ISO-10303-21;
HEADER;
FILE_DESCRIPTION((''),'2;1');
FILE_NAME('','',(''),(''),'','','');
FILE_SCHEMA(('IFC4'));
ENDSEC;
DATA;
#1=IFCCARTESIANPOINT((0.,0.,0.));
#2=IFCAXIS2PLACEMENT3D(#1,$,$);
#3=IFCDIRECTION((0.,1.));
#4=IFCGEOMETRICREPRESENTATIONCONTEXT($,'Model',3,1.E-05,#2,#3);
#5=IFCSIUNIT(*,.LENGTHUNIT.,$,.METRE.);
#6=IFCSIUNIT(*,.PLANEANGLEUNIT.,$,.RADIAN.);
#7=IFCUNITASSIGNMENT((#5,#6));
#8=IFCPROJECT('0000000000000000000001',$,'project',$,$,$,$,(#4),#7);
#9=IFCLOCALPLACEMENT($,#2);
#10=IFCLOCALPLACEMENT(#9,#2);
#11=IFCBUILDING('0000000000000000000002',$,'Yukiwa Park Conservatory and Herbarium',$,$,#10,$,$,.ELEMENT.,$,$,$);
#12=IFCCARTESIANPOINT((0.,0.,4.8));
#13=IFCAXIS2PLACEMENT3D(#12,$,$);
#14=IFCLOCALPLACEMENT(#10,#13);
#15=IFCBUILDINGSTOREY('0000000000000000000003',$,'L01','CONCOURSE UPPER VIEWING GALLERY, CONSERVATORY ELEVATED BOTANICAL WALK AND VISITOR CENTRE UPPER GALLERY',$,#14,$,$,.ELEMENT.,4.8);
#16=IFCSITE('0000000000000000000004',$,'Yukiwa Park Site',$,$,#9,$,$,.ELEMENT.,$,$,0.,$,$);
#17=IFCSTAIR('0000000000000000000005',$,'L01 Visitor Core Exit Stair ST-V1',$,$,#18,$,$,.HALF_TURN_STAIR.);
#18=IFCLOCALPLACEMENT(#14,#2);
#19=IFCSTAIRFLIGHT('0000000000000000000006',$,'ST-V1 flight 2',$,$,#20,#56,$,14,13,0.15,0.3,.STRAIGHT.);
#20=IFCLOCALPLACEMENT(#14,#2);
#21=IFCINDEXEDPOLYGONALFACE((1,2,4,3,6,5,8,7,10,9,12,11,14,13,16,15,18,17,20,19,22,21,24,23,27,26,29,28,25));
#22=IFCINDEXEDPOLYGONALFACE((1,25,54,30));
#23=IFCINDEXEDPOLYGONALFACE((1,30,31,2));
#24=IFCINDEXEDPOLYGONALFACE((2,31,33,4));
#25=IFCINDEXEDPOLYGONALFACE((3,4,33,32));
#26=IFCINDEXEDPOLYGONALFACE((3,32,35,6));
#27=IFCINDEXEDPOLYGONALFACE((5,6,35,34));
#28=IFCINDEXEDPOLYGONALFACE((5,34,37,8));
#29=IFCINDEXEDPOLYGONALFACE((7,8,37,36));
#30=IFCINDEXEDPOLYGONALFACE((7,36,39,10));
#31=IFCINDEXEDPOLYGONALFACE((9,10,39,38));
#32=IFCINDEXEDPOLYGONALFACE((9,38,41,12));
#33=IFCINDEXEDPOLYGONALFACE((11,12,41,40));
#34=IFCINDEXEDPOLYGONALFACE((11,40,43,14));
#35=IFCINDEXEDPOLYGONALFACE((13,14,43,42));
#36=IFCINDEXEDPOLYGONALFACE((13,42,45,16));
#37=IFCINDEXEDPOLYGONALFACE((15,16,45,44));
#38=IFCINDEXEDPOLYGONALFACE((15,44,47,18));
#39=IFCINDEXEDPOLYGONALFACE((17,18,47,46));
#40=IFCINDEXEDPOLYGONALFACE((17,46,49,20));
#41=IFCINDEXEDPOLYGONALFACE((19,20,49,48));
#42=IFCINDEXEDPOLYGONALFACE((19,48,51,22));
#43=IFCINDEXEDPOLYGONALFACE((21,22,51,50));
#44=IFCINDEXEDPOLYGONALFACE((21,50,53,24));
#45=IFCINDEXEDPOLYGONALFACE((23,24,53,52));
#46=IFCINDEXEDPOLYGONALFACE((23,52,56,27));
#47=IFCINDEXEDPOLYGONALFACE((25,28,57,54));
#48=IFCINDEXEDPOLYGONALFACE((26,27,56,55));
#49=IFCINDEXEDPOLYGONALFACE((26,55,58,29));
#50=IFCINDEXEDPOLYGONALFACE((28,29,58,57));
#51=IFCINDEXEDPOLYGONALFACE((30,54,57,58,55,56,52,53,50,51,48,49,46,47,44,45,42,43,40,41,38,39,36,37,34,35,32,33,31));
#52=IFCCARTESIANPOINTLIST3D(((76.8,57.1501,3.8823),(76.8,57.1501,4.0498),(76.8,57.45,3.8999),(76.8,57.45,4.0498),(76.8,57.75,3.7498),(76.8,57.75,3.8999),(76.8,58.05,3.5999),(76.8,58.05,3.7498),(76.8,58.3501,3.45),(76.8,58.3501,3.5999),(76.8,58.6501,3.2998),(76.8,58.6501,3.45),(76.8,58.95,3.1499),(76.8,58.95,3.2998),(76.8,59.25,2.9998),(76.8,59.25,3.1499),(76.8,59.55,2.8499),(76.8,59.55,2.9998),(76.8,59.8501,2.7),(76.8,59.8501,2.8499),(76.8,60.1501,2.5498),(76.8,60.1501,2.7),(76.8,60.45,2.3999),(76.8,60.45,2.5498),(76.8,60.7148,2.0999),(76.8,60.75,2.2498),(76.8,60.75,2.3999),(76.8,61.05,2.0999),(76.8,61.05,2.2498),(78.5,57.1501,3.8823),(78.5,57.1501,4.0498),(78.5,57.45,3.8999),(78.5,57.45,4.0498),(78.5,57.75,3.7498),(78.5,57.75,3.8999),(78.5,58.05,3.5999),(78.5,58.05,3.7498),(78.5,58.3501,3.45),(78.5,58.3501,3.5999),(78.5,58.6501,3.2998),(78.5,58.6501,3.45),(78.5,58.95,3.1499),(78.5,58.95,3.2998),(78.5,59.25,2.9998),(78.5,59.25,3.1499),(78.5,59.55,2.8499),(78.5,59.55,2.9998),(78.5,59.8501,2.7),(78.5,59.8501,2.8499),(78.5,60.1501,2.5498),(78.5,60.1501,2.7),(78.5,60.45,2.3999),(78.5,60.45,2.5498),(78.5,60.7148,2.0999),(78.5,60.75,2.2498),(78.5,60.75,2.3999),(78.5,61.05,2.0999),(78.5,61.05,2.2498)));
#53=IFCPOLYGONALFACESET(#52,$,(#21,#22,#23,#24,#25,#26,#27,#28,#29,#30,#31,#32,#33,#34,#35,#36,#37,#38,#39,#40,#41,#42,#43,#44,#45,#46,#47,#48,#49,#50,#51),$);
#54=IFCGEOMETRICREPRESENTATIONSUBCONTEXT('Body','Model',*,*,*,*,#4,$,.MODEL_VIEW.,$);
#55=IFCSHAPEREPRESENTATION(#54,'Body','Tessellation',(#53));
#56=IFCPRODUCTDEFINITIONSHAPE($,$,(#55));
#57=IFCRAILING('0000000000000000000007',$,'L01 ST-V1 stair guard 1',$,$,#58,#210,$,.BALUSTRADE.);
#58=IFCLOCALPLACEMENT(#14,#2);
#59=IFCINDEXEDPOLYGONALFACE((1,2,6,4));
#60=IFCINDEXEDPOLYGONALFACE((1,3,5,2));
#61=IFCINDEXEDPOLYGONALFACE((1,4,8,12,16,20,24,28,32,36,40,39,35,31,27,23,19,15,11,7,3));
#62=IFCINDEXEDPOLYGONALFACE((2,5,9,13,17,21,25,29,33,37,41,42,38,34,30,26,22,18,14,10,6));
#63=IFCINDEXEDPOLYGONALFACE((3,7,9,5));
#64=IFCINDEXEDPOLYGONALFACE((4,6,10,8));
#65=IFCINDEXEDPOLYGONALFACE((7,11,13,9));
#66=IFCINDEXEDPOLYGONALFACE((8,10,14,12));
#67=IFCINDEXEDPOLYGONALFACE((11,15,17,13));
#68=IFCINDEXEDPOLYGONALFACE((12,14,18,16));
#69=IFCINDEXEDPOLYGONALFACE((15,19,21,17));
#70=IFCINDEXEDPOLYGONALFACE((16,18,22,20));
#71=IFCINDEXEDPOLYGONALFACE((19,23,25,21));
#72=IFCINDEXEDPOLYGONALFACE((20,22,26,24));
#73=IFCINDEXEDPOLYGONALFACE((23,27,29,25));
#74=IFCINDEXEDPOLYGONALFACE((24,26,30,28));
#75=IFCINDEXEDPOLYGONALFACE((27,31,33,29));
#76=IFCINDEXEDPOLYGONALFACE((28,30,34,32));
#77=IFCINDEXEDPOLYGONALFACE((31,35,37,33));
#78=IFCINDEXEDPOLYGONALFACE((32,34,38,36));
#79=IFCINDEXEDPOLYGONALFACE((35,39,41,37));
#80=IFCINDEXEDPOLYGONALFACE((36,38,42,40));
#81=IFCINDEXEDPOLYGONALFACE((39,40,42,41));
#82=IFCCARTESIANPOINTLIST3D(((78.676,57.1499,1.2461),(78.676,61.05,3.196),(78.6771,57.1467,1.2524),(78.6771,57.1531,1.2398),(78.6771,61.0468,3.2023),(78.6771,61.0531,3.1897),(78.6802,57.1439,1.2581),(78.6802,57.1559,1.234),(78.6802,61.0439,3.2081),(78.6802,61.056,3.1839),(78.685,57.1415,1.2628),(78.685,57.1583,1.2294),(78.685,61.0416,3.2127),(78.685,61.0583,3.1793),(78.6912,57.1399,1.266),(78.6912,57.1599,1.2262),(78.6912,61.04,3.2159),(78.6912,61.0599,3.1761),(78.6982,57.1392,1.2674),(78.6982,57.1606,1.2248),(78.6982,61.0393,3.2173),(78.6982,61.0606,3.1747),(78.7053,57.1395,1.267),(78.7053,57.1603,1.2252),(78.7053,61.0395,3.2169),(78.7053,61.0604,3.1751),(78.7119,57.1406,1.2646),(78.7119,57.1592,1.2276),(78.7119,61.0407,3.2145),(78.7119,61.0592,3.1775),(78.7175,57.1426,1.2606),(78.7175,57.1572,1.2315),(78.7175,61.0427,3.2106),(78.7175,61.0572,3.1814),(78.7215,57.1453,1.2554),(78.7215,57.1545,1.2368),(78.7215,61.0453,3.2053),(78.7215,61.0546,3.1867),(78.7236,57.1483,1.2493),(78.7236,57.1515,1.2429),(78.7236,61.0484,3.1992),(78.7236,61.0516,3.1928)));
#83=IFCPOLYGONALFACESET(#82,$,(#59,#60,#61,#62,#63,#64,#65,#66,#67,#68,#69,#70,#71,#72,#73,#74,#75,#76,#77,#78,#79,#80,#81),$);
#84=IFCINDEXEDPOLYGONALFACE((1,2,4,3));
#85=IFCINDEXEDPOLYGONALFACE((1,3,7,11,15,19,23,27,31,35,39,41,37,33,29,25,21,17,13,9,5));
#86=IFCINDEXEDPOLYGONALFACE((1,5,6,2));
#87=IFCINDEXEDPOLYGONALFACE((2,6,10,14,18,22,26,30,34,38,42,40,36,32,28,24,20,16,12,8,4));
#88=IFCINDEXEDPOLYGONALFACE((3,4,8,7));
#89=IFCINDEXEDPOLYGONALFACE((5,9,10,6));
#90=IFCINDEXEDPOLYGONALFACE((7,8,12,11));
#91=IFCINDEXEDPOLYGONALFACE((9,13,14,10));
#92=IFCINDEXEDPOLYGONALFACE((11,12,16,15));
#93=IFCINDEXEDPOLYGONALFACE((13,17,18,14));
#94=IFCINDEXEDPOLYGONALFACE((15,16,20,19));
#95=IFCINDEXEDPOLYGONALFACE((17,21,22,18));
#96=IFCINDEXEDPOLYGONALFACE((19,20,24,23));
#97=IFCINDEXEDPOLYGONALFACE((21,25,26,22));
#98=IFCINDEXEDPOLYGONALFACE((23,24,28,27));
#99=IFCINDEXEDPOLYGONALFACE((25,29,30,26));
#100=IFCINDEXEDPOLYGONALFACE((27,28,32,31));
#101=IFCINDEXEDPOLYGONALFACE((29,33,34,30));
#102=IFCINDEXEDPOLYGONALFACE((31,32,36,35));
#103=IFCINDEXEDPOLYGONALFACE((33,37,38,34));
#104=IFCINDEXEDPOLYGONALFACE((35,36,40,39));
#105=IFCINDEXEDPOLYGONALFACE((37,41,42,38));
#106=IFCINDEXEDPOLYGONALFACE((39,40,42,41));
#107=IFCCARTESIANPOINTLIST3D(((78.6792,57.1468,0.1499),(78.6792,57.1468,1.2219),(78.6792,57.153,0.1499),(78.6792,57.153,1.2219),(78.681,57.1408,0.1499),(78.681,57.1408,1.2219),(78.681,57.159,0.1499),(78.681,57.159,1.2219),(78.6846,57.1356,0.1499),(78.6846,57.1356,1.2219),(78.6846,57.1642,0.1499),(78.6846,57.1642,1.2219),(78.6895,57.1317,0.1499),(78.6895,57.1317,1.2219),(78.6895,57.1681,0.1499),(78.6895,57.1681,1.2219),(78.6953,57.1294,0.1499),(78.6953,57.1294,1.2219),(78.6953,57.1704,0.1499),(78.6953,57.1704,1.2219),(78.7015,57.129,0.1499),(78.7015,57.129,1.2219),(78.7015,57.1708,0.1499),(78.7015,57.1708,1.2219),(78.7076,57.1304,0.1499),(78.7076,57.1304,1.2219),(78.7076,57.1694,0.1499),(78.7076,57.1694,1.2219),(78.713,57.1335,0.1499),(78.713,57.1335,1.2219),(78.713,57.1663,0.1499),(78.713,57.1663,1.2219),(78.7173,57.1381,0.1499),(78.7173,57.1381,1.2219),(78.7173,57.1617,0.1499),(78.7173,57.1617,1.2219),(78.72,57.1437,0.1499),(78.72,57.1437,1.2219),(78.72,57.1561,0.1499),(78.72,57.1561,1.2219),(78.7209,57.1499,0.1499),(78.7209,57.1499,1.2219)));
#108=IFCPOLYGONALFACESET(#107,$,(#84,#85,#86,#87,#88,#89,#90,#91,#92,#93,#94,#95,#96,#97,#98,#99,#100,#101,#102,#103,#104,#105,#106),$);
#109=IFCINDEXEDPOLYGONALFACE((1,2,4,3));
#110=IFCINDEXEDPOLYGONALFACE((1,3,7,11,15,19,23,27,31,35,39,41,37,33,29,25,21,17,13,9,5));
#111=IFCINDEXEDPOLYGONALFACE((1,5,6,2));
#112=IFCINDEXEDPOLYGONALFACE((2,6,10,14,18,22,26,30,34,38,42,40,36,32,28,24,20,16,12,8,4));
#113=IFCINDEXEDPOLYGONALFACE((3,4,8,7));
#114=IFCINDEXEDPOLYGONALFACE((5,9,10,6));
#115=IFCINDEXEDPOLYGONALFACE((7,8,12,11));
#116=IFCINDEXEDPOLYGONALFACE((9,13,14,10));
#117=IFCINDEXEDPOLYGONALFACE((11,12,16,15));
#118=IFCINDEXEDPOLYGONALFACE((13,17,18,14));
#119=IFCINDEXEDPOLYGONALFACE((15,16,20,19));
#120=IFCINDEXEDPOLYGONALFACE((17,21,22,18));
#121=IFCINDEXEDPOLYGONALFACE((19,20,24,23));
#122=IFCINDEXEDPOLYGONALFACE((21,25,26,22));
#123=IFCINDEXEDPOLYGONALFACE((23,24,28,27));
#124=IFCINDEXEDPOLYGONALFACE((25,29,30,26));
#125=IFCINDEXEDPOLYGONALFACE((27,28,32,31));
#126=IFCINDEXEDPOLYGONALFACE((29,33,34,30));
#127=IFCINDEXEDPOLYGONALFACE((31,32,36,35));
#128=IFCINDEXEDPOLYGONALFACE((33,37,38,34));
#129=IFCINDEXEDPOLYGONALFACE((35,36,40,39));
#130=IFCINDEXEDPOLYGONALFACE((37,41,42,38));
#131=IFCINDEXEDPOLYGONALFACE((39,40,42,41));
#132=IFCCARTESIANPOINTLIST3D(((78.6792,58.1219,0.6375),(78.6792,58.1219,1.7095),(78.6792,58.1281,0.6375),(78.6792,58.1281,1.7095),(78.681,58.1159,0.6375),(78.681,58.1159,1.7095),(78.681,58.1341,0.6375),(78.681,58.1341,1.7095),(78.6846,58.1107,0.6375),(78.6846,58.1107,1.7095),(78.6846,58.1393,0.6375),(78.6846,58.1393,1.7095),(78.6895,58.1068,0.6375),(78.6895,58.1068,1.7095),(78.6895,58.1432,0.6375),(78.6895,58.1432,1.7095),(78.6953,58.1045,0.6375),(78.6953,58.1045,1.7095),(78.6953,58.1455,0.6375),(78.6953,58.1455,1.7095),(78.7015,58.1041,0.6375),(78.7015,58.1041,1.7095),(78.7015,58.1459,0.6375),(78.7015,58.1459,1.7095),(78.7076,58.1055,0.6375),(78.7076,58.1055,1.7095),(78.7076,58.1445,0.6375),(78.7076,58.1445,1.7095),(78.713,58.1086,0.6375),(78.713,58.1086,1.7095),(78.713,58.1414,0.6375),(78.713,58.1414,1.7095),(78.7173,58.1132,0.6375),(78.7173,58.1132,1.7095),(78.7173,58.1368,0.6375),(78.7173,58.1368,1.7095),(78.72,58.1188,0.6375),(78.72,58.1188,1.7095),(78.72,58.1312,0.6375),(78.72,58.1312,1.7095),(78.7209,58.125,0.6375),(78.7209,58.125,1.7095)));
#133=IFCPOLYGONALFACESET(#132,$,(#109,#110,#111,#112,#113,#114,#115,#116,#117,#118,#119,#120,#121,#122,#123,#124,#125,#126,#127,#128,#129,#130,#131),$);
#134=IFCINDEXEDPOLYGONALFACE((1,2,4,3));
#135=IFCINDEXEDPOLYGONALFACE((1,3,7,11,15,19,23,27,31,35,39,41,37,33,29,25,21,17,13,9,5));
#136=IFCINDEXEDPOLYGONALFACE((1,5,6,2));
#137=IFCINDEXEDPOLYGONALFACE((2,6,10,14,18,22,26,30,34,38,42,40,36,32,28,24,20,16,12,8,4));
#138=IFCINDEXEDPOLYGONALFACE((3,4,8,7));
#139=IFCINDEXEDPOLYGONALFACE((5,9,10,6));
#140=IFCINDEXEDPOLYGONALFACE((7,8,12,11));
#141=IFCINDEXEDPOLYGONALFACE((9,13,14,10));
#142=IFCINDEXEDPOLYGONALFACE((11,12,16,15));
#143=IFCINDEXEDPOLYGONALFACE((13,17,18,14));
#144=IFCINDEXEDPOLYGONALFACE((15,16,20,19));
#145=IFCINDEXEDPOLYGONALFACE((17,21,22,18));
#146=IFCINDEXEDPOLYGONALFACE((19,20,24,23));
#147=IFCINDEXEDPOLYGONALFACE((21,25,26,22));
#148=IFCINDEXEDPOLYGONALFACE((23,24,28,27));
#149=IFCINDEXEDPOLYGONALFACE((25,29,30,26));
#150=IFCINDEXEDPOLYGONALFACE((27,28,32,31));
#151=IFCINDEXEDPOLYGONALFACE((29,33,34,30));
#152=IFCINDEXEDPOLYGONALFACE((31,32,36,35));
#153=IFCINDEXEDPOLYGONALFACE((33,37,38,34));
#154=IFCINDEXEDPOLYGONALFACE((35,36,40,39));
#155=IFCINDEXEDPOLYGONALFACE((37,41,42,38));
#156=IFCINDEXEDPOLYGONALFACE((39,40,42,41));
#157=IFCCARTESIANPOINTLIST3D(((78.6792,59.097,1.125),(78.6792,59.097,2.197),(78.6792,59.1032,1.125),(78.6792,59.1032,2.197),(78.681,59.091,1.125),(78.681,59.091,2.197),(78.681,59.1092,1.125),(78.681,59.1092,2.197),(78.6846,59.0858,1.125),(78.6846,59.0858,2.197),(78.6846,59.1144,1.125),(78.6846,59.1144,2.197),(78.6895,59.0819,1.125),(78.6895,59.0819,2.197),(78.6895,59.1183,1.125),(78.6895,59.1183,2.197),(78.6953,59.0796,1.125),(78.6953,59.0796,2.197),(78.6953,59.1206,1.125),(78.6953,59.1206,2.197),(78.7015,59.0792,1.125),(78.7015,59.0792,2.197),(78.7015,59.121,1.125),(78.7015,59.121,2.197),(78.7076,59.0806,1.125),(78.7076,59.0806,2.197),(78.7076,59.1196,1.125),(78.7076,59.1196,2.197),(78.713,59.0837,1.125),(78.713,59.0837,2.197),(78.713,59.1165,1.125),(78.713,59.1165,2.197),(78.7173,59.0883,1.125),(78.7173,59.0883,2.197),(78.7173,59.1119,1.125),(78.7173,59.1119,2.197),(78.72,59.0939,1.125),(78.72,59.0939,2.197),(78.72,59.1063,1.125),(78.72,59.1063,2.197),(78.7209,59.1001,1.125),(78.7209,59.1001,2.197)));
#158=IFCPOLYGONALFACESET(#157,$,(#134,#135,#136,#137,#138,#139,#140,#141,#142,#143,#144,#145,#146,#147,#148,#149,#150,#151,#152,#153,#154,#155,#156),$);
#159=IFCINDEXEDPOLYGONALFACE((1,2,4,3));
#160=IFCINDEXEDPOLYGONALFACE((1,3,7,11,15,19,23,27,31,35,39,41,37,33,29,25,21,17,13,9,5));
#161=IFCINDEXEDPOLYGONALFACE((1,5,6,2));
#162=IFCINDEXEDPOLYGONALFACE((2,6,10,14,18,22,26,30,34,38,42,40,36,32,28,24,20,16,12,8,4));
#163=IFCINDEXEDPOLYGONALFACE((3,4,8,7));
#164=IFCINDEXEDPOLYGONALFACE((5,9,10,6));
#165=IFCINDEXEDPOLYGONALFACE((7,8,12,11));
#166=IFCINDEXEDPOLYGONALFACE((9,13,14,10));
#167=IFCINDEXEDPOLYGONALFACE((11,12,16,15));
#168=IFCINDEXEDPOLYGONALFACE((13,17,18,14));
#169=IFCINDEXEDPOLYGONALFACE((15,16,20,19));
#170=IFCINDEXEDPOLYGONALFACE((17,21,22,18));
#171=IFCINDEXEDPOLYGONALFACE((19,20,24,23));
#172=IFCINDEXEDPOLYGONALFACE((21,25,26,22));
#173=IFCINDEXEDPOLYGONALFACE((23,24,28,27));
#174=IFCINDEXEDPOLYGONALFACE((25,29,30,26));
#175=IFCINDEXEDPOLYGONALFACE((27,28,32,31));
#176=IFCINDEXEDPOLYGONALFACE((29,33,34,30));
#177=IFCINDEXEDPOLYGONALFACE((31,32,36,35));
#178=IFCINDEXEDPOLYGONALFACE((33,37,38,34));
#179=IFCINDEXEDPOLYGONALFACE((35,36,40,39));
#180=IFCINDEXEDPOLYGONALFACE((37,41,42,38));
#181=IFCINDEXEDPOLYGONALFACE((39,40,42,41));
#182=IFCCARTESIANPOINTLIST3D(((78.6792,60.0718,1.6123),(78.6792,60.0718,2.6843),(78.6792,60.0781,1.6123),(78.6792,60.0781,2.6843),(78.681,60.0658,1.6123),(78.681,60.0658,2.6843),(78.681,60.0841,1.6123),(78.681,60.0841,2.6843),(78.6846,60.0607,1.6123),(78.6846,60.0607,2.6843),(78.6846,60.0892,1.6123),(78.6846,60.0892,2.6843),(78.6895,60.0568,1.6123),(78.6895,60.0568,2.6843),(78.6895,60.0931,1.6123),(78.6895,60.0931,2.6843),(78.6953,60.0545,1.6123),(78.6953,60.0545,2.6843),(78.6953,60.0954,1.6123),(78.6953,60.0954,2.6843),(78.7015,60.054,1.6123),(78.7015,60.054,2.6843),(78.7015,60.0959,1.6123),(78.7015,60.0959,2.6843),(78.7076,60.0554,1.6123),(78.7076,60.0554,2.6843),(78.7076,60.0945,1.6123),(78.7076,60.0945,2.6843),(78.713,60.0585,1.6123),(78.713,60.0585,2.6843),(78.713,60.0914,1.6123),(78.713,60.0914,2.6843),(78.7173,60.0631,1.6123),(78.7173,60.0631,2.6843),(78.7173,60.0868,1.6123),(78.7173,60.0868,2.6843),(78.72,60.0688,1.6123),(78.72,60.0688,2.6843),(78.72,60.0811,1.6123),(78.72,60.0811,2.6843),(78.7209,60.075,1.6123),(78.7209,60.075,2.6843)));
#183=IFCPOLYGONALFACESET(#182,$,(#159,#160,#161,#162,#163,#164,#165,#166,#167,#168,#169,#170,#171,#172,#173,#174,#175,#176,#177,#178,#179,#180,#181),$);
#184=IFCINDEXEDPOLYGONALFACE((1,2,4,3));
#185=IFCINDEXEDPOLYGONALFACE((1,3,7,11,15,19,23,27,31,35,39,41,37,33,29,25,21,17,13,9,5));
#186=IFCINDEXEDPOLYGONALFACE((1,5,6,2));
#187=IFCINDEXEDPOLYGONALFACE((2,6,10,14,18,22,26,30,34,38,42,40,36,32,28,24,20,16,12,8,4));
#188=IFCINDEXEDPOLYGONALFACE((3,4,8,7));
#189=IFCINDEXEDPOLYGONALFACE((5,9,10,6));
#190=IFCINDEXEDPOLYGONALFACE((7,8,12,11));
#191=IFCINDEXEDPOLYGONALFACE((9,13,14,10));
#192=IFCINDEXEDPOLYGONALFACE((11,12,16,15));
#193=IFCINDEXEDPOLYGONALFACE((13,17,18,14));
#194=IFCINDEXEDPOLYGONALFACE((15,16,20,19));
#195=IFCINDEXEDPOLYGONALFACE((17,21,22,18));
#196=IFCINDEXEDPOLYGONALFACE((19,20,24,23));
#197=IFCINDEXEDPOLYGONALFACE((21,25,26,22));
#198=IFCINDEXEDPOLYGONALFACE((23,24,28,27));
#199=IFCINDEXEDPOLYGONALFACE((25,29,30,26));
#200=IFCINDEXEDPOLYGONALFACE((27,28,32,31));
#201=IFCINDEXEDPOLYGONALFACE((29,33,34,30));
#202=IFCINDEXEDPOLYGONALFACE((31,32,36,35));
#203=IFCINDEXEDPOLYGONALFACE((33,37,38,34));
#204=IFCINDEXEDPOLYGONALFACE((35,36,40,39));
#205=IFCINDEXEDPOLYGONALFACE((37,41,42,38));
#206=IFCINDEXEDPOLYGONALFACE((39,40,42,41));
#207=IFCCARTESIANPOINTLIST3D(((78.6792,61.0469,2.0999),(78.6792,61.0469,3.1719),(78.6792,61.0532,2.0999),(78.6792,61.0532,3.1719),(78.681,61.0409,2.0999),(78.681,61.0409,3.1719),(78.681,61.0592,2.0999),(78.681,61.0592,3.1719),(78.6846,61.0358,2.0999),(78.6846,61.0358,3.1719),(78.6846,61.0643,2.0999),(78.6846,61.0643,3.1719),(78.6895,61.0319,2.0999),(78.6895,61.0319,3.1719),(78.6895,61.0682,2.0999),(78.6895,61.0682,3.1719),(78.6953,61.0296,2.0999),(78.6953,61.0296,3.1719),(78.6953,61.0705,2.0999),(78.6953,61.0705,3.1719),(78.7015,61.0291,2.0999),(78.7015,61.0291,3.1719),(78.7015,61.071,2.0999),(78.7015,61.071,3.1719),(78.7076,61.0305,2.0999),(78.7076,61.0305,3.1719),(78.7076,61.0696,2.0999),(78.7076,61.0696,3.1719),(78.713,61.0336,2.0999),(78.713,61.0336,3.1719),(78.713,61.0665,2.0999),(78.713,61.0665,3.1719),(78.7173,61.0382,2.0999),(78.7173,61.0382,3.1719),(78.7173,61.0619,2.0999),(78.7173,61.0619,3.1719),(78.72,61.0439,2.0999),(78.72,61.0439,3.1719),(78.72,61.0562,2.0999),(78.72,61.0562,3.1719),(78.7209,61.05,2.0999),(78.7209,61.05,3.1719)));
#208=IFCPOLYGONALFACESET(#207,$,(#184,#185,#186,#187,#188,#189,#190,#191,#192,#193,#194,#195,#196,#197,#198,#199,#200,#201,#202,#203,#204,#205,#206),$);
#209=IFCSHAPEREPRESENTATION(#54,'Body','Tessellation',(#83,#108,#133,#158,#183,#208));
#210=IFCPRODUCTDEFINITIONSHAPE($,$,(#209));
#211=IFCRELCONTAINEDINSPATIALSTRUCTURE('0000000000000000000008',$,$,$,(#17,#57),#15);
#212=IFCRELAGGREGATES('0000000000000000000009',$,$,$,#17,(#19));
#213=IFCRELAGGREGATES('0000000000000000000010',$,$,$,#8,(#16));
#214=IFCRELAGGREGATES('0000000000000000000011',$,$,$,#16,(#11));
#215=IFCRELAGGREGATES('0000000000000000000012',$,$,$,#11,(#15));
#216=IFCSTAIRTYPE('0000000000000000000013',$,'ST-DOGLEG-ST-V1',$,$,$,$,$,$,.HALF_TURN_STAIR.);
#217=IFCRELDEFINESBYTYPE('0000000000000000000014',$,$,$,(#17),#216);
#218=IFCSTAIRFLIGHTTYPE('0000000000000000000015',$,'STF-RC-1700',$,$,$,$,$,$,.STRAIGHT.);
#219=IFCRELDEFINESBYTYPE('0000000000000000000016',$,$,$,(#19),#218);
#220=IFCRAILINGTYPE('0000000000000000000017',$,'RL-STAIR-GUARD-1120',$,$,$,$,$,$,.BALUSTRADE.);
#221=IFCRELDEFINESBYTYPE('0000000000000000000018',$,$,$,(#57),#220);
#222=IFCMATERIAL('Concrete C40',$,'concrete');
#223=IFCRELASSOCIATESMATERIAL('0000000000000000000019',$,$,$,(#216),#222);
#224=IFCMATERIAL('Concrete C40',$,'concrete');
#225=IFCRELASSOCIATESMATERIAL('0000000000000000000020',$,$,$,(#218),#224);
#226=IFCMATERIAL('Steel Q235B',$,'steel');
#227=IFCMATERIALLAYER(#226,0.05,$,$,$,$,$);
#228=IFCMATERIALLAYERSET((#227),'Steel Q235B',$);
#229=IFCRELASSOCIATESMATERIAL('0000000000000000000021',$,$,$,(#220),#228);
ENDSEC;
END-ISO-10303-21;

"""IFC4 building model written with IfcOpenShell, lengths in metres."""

from ifc_helpers import new_model, si_unit, direction, frame, origin, origin_2d, place, context, subcontext, project, spatial, polyline, circle, outline, extrude, material, layer, layer_set, type_object, element, aggregate, save


model = new_model("IFC4")

# Units and contexts
model_context = context("Model", 3, precision=1e-05, world=origin(), true_north=direction((0.0, 1.0)))
body_context = subcontext(model_context, "Body", "Model", "MODEL_VIEW")
ifc_project = project(units=[si_unit("LENGTHUNIT", "METRE"), si_unit("PLANEANGLEUNIT", "RADIAN")], contexts=[model_context])

# Site, building, storey
site_placement = place(None, origin())
site = spatial("IfcSite", under=ifc_project, at=site_placement, Name="Yukiwa Park Site", CompositionType="ELEMENT", RefElevation=0.0)
building_placement = place(site_placement, origin())
building = spatial("IfcBuilding", under=site, at=building_placement, Name="Yukiwa Park Conservatory and Herbarium", CompositionType="ELEMENT")
storey_placement = place(building_placement, frame((0.0, 0.0, 4.8)))
storey = spatial("IfcBuildingStorey", under=building, at=storey_placement, Name="L01", Description="CONCOURSE UPPER VIEWING GALLERY, CONSERVATORY ELEVATED BOTANICAL WALK AND VISITOR CENTRE UPPER GALLERY", CompositionType="ELEMENT", Elevation=4.8)

# Stair, stair flight
ifc_material_1 = material(Name="Concrete C40", Category="concrete")
stair_type = type_object("IfcStairType", Name="ST-DOGLEG-ST-V1", PredefinedType="HALF_TURN_STAIR", material=ifc_material_1)
stair_placement = place(storey_placement, origin())
stair = element("IfcStair", 1, at=stair_placement, inside=storey, type_object=stair_type, Name="L01 Visitor Core Exit Stair ST-V1", PredefinedType="HALF_TURN_STAIR")
ifc_material_2 = material(Name="Concrete C40", Category="concrete")
stair_flight_type = type_object("IfcStairFlightType", Name="STF-RC-1700", PredefinedType="STRAIGHT", material=ifc_material_2)
stair_flight_1_placement = place(storey_placement, frame((77.6499, 61.05, 2.0999), z_axis=(0.0, 0.0, 1.0), x_axis=(0.0, -1.0, 0.0)))
stair_flight_1 = element("IfcStairFlight", 2, at=stair_flight_1_placement, type_object=stair_flight_type, Name="ST-V1 flight 2", NumberOfRisers=14, NumberOfTreads=13, PredefinedType="STRAIGHT", RiserHeight=0.15, TreadLength=0.3, context=body_context, shape_type="SweptSolid", body=[
    extrude(outline(polyline([(0.0, 0.0), (0.0, 0.1499), (0.3, 0.1499), (0.3, 0.3), (0.6001, 0.3), (0.6001, 0.45), (0.8999, 0.45), (0.8999, 0.6001), (1.2, 0.6001), (1.2, 0.75), (1.5, 0.75), (1.5, 0.8999), (1.8, 0.8999), (1.8, 1.05), (2.1001, 1.05), (2.1001, 1.2), (2.3999, 1.2), (2.3999, 1.3501), (2.7, 1.3501), (2.7, 1.5), (3.0, 1.5), (3.0, 1.6499), (3.3, 1.6499), (3.3, 1.8), (3.6001, 1.8), (3.6001, 1.95), (3.8999, 1.95), (3.8999, 2.1001), (3.8999, 1.7825), (0.3352, 0.0), (0.0, 0.0)])), frame((0.0, 0.8501, 0.0), z_axis=(0.0, -1.0, 0.0), x_axis=(1.0, 0.0, 0.0)), (0.0, 0.0, 1.0), 1.7),
])
aggregate(stair, [stair_flight_1])

# Railing
ifc_material_3 = material(Name="Steel Q235B", Category="steel")
ifc_layer_1 = layer(ifc_material_3, 0.05)
ifc_layer_set_1 = layer_set([ifc_layer_1], Name="Steel Q235B")
railing_type_1 = type_object("IfcRailingType", Name="RL-STAIR-GUARD-1120", PredefinedType="BALUSTRADE", material=ifc_layer_set_1)
railing_1_placement = place(storey_placement, frame((78.7, 57.1499, 0.1499)))
element("IfcRailing", 3, at=railing_1_placement, inside=storey, type_object=railing_type_1, Name="L01 ST-V1 stair guard 1", PredefinedType="BALUSTRADE", context=body_context, shape_type="SweptSolid", body=[
    extrude(circle(Radius=0.0239, at=origin_2d()), frame((0.0, 0.0, 1.0962), z_axis=(0.0, 0.894438, 0.447191), x_axis=(-1.0, 0.0, 0.0)), (0.0, 0.0, 1.0), 4.3604),
    extrude(circle(Radius=0.021, at=origin_2d()), origin(), (0.0, 0.0, 1.0), 1.072),
    extrude(circle(Radius=0.021, at=origin_2d()), frame((0.0, 0.9751, 0.4875)), (0.0, 0.0, 1.0), 1.072),
    extrude(circle(Radius=0.021, at=origin_2d()), frame((0.0, 1.9502, 0.9751)), (0.0, 0.0, 1.0), 1.072),
    extrude(circle(Radius=0.021, at=origin_2d()), frame((0.0, 2.925, 1.4624)), (0.0, 0.0, 1.0), 1.072),
    extrude(circle(Radius=0.021, at=origin_2d()), frame((0.0, 3.9001, 1.95)), (0.0, 0.0, 1.0), 1.072),
])

save(model, "model.ifc")
